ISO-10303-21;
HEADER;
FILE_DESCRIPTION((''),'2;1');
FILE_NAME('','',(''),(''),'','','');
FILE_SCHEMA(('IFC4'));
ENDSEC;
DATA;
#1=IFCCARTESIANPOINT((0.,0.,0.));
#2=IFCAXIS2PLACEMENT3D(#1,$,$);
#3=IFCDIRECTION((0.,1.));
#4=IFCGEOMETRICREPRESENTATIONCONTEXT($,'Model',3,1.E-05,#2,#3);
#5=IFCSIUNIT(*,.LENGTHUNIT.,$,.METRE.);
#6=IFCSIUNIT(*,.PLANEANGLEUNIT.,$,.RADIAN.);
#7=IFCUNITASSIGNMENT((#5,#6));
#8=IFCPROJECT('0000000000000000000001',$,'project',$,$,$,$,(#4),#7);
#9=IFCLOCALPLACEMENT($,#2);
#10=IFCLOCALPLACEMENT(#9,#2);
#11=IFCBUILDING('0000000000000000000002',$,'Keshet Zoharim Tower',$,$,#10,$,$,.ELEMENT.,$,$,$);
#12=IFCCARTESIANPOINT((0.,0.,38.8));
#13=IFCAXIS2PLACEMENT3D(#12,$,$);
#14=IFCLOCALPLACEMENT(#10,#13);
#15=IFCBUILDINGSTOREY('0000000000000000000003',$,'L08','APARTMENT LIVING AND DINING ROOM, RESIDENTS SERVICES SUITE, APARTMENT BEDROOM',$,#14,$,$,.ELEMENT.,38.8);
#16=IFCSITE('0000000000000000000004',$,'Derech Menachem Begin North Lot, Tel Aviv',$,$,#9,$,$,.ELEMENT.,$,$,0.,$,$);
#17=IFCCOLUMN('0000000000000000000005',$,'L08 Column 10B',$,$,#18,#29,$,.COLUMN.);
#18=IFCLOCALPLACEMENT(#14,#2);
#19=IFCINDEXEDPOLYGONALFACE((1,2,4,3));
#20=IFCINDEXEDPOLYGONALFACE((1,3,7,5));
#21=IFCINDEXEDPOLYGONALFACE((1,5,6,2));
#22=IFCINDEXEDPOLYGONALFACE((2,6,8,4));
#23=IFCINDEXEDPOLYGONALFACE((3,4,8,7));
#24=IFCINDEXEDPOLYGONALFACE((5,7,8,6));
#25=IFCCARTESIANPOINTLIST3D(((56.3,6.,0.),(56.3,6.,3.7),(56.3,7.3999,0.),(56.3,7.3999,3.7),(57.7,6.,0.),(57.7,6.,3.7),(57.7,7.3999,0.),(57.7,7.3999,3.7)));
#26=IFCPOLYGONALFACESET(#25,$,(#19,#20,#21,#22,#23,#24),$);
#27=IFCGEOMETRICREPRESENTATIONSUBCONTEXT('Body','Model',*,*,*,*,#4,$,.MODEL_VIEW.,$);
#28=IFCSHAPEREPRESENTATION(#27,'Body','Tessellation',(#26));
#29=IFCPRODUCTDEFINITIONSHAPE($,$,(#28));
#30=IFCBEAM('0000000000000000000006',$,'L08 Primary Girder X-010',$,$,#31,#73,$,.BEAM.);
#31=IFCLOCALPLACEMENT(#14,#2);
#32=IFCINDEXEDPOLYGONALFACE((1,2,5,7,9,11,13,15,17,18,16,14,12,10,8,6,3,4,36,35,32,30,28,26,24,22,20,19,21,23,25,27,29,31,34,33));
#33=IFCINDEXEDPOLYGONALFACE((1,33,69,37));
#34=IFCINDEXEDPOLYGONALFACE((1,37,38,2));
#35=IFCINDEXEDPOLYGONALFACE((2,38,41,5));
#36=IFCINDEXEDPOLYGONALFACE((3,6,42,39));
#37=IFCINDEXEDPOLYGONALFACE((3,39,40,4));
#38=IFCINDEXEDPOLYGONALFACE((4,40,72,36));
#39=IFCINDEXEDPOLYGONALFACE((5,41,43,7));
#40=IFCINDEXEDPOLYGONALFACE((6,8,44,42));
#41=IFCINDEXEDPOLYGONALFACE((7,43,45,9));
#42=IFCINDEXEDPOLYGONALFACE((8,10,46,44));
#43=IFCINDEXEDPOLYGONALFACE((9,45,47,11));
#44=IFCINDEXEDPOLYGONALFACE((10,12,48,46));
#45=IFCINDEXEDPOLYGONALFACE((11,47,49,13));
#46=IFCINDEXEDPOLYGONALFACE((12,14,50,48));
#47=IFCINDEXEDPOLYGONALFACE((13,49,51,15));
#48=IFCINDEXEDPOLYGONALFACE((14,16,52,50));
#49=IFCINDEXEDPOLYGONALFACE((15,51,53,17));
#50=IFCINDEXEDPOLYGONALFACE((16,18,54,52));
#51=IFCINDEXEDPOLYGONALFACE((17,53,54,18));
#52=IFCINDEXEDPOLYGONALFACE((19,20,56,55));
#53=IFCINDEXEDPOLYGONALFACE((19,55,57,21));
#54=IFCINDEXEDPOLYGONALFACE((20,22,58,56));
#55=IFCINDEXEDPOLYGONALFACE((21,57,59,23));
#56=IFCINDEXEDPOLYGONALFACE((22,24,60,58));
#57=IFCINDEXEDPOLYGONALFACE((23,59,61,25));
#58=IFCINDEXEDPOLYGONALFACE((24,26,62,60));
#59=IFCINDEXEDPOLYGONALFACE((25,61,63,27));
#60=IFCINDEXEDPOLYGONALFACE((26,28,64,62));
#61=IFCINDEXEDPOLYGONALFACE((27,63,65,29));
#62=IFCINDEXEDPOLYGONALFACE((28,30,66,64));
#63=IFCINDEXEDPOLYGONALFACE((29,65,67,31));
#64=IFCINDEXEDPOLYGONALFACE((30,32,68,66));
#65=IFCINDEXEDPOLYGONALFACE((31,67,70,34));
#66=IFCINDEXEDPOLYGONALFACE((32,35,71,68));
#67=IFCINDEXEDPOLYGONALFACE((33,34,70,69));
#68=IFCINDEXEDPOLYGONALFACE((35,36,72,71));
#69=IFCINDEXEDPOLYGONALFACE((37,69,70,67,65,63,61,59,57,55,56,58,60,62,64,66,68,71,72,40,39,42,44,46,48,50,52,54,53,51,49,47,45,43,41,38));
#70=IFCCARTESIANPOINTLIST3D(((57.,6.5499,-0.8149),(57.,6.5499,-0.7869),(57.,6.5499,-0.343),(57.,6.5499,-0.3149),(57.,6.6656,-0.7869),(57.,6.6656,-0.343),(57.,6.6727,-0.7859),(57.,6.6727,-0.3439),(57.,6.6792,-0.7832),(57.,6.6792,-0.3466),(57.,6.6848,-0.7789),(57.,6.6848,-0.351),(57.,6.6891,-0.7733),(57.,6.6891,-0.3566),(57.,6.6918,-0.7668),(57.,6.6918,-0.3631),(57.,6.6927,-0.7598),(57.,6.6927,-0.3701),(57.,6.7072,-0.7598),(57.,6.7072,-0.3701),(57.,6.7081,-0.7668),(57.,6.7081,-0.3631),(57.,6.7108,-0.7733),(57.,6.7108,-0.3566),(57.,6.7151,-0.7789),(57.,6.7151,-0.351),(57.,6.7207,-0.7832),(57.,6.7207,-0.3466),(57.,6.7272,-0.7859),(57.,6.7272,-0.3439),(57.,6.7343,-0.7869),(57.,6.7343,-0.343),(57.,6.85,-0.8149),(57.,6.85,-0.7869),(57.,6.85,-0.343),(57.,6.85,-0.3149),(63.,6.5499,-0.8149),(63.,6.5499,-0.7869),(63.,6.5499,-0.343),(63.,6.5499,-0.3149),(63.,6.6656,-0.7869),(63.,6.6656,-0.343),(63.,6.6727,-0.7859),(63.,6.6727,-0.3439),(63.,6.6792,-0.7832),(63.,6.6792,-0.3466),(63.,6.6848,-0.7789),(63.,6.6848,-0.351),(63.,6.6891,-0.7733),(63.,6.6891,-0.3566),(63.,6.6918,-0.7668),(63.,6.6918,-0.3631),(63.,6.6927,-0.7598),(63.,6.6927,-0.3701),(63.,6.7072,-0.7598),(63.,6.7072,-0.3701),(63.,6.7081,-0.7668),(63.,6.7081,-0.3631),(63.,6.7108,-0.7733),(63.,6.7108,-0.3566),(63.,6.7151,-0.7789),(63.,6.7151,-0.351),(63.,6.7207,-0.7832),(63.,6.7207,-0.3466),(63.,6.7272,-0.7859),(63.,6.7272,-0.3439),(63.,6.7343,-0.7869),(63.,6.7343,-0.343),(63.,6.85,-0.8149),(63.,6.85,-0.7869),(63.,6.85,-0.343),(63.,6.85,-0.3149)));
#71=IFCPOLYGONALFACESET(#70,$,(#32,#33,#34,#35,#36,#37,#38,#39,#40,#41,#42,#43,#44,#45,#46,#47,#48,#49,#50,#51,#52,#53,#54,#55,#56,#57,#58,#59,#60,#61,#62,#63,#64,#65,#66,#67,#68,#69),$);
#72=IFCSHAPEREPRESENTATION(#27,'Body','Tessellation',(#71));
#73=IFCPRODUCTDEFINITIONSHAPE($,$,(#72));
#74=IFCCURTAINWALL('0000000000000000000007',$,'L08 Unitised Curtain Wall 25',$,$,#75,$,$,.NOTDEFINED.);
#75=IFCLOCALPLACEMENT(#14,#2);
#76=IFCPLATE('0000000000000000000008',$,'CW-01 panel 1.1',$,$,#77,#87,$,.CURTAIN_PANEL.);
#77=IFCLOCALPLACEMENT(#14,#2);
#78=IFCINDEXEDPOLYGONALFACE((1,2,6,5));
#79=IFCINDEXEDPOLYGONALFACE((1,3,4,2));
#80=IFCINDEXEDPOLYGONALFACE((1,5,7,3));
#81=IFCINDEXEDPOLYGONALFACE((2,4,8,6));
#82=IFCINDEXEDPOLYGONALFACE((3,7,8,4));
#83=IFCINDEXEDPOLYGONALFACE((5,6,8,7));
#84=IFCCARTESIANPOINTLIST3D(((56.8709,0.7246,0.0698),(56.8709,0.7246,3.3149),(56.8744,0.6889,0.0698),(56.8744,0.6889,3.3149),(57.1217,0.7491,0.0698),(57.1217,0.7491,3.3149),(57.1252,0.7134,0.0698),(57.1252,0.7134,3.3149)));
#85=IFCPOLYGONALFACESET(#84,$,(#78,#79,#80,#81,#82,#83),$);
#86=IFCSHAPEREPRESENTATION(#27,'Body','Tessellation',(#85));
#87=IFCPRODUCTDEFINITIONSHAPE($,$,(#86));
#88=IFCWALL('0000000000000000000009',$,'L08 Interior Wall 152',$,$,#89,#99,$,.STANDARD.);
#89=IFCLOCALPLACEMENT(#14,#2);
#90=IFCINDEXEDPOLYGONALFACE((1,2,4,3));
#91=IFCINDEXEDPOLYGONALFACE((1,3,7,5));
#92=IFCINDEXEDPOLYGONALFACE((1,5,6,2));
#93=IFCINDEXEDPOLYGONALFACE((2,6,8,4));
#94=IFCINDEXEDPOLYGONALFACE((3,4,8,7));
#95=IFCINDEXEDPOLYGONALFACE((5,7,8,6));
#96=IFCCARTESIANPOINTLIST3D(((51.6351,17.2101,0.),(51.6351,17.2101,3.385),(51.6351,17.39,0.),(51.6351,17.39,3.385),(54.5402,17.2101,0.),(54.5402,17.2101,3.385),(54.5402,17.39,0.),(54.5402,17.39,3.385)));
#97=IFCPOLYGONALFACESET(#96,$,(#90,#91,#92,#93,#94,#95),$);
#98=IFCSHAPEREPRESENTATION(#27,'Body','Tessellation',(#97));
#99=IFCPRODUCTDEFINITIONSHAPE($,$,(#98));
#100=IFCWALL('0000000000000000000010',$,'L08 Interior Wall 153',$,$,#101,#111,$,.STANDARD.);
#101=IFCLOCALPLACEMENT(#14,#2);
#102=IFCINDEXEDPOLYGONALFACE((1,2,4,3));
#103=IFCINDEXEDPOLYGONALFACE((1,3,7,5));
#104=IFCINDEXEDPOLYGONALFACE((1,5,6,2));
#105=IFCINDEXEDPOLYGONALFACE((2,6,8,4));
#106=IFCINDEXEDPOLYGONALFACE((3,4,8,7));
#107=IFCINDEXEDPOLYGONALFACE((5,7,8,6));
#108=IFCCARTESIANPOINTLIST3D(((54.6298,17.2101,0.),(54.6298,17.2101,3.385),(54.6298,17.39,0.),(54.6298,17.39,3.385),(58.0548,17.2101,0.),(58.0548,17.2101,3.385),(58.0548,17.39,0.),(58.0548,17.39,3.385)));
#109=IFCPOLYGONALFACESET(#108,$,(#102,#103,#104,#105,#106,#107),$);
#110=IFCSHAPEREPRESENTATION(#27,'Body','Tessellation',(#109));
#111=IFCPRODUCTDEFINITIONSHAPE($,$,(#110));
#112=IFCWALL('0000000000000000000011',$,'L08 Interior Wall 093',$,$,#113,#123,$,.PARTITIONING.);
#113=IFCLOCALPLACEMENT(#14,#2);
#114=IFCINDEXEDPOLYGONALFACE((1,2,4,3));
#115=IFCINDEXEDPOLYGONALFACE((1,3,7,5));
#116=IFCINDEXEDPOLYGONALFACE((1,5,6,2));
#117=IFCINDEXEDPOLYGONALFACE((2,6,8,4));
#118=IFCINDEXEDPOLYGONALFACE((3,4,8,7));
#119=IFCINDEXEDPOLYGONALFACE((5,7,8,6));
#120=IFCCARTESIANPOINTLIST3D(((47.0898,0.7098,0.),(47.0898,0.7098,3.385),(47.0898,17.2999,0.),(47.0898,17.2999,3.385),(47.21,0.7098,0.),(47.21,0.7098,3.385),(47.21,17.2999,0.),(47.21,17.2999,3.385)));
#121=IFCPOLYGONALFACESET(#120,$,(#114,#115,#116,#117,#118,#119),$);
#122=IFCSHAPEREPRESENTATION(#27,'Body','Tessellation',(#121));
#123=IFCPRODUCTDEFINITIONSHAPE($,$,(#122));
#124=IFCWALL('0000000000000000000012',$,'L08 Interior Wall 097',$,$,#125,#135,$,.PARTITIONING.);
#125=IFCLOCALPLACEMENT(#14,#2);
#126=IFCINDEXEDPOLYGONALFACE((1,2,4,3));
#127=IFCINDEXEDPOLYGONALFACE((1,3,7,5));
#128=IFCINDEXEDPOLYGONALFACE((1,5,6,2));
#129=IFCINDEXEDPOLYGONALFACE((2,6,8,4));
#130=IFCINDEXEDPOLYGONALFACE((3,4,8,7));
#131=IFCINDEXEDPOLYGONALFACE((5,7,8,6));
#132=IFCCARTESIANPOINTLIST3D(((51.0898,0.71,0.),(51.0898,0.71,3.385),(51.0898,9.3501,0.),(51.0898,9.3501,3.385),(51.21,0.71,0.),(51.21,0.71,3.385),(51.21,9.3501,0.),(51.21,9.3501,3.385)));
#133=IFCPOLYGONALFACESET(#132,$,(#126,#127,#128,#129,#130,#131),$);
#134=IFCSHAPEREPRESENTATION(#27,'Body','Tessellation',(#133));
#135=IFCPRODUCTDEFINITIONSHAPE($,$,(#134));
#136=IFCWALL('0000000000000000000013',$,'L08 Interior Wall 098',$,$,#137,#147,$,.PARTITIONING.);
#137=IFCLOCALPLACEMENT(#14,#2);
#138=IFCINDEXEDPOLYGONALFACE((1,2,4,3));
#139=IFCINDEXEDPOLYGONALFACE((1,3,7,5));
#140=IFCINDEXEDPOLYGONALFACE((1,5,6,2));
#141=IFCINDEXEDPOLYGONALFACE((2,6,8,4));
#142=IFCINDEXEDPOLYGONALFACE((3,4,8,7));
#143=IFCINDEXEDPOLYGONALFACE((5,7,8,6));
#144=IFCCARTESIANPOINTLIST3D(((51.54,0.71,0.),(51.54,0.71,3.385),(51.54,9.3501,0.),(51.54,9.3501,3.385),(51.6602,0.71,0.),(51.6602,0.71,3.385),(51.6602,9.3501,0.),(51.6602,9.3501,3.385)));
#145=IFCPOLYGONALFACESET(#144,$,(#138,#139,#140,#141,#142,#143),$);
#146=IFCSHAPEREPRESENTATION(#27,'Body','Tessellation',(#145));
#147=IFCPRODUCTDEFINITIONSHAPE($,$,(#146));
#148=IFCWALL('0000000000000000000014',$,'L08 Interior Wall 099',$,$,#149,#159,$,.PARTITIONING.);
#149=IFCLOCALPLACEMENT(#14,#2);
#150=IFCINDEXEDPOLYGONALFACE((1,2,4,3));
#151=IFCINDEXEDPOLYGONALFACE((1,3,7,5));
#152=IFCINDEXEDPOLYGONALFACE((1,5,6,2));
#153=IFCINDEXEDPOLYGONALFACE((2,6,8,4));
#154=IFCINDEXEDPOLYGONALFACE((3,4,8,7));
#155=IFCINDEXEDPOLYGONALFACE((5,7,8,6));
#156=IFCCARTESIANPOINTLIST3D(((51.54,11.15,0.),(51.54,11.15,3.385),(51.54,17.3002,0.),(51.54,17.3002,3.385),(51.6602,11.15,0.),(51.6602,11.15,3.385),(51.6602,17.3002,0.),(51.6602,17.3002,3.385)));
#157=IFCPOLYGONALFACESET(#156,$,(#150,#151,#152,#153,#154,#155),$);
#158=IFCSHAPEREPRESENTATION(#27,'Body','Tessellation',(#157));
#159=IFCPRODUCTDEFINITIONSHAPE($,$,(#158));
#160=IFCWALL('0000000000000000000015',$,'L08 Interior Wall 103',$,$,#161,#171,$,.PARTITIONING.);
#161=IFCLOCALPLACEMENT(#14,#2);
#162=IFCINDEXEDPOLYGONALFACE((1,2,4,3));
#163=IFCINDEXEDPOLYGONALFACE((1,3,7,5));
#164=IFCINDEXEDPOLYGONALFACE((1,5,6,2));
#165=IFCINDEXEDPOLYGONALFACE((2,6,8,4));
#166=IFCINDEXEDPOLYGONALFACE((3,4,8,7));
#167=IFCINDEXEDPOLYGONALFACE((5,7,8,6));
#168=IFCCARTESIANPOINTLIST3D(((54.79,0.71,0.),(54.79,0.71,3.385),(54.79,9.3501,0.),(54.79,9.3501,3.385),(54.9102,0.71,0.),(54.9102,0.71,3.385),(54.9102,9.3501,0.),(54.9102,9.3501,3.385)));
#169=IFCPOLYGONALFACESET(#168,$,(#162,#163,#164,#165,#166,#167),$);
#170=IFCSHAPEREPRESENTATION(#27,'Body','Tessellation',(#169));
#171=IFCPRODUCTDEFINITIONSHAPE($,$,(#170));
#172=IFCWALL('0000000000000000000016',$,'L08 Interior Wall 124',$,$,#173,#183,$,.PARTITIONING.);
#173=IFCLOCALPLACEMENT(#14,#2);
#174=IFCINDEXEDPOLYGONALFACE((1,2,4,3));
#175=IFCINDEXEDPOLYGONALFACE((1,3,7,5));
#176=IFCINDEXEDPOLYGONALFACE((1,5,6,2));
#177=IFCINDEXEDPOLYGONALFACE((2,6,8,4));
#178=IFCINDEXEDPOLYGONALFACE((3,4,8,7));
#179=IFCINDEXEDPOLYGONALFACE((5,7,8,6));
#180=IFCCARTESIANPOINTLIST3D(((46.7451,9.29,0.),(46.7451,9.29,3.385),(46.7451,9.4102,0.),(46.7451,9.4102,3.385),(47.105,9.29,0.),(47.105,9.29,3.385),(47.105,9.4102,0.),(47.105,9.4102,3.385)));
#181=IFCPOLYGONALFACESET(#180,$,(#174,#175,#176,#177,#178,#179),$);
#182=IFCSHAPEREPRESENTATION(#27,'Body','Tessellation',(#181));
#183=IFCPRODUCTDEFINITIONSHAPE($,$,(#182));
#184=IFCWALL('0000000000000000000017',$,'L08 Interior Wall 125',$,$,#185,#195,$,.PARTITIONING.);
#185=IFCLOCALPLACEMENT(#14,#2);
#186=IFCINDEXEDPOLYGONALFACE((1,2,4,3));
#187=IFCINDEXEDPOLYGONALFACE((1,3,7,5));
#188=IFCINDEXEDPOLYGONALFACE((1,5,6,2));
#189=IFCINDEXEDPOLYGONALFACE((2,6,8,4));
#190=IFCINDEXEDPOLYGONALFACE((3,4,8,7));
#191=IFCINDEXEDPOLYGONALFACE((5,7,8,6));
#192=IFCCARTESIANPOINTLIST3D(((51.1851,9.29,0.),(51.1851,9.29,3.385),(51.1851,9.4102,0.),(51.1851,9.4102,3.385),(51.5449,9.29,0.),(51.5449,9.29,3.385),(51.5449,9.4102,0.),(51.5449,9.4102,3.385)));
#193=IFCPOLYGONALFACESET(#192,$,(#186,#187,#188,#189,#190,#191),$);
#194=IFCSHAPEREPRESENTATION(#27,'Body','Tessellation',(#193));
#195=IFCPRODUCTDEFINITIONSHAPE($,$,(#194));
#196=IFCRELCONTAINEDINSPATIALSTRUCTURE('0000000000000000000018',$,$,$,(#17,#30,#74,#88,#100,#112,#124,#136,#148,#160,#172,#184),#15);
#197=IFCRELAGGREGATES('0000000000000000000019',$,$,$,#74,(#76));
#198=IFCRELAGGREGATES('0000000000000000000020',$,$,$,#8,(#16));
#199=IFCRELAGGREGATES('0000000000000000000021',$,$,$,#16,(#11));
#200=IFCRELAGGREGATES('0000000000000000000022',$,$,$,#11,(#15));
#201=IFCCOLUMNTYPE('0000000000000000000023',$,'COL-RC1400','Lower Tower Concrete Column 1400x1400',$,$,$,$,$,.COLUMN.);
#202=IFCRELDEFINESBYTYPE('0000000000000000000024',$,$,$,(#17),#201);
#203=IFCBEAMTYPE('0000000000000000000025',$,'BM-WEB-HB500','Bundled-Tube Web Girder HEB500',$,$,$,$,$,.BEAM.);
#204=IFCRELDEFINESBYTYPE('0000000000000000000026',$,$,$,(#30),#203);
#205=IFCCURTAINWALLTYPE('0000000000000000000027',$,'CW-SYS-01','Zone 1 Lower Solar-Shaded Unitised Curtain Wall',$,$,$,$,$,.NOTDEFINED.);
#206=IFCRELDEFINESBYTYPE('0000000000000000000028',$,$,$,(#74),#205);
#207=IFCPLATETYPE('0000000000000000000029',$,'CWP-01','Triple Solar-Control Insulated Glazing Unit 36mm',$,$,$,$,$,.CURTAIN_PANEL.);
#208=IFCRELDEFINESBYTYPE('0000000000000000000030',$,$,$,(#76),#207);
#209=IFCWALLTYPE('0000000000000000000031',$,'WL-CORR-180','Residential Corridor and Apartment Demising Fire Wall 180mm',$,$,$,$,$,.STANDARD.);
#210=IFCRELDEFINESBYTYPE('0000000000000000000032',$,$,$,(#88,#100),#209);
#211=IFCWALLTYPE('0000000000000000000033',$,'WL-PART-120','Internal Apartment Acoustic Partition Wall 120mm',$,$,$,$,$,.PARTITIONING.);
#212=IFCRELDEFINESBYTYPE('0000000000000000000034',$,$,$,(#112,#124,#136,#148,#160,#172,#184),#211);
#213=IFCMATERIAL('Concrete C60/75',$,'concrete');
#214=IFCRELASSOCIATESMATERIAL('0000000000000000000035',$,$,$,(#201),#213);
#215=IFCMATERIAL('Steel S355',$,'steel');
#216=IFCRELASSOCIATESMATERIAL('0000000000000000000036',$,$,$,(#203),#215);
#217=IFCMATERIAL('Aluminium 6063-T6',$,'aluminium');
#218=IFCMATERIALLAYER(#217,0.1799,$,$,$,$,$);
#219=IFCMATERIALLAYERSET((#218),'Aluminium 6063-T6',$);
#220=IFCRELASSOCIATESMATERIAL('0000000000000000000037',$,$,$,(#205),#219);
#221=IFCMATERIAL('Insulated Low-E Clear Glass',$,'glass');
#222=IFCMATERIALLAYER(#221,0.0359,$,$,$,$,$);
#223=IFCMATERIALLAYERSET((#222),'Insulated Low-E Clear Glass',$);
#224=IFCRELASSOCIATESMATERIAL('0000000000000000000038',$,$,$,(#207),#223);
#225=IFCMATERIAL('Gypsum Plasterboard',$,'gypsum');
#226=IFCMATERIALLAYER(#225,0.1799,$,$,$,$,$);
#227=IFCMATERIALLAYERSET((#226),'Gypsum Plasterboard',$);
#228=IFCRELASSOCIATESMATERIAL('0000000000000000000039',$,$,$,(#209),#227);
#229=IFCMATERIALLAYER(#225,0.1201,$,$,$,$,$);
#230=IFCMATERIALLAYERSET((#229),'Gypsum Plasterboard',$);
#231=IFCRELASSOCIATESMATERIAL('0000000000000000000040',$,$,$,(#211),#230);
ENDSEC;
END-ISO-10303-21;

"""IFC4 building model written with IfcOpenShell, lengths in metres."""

from ifc_helpers import new_model, si_unit, direction, frame, frame_2d, origin, origin_2d, place, context, subcontext, project, spatial, rectangle, i_section, extrude, material, layer, layer_set, material_profile, profile_set, type_object, element, aggregate, save


model = new_model("IFC4")

# Units and contexts
model_context = context("Model", 3, precision=1e-05, world=origin(), true_north=direction((0.0, 1.0)))
body_context = subcontext(model_context, "Body", "Model", "MODEL_VIEW")
ifc_project = project(units=[si_unit("LENGTHUNIT", "METRE"), si_unit("PLANEANGLEUNIT", "RADIAN")], contexts=[model_context])

# Site, building, storey
site_placement = place(None, origin())
site = spatial("IfcSite", under=ifc_project, at=site_placement, Name="Derech Menachem Begin North Lot, Tel Aviv", CompositionType="ELEMENT", RefElevation=0.0)
building_placement = place(site_placement, origin())
building = spatial("IfcBuilding", under=site, at=building_placement, Name="Keshet Zoharim Tower", CompositionType="ELEMENT")
storey_placement = place(building_placement, frame((0.0, 0.0, 38.8)))
storey = spatial("IfcBuildingStorey", under=building, at=storey_placement, Name="L08", Description="APARTMENT LIVING AND DINING ROOM, RESIDENTS SERVICES SUITE, APARTMENT BEDROOM", CompositionType="ELEMENT", Elevation=38.8)

# Column
ifc_material_1 = material(Name="Concrete C60/75", Category="concrete")
ifc_material_profile_1 = material_profile(ifc_material_1, rectangle(XDim=1.3999, YDim=1.3999, at=origin_2d()), Name="RC1400x1400")
ifc_profile_set_1 = profile_set([ifc_material_profile_1], Name="Concrete C60/75")
column_type = type_object("IfcColumnType", Name="COL-RC1400", Description="Lower Tower Concrete Column 1400x1400", PredefinedType="COLUMN", material=ifc_profile_set_1)
column_placement = place(storey_placement, frame((57.0, 6.7, 0.0), z_axis=(0.0, 0.0, 1.0), x_axis=(1.0, 0.0, 0.0)))
element("IfcColumn", 1, at=column_placement, inside=storey, type_object=column_type, Name="L08 Column 10B", PredefinedType="COLUMN", context=body_context, shape_type="SweptSolid", body=[
    extrude(rectangle(XDim=1.3999, YDim=1.3999, at=origin_2d()), origin(), (0.0, 0.0, 1.0), 3.7),
])

# Beam
ifc_material_2 = material(Name="Steel S355", Category="steel")
ifc_material_profile_2 = material_profile(ifc_material_2, i_section(OverallWidth=0.3, OverallDepth=0.5, WebThickness=0.0144, FlangeThickness=0.0281, FilletRadius=0.0271, at=origin_2d()), Name="HEB500")
ifc_profile_set_2 = profile_set([ifc_material_profile_2], Name="Steel S355")
beam_type = type_object("IfcBeamType", Name="BM-WEB-HB500", Description="Bundled-Tube Web Girder HEB500", PredefinedType="BEAM", material=ifc_profile_set_2)
beam_placement = place(storey_placement, frame((57.0, 6.7, -0.5649), z_axis=(1.0, 0.0, 0.0), x_axis=(0.0, 1.0, 0.0)))
element("IfcBeam", 2, at=beam_placement, inside=storey, type_object=beam_type, Name="L08 Primary Girder X-010", PredefinedType="BEAM", context=body_context, shape_type="SweptSolid", body=[
    extrude(i_section(OverallWidth=0.3, OverallDepth=0.5, WebThickness=0.0144, FlangeThickness=0.0281, FilletRadius=0.0271, at=origin_2d()), origin(), (0.0, 0.0, 1.0), 6.0),
])

# Curtain wall, plate
ifc_material_3 = material(Name="Aluminium 6063-T6", Category="aluminium")
ifc_layer_1 = layer(ifc_material_3, 0.1799)
ifc_layer_set_1 = layer_set([ifc_layer_1], Name="Aluminium 6063-T6")
curtain_wall_type = type_object("IfcCurtainWallType", Name="CW-SYS-01", Description="Zone 1 Lower Solar-Shaded Unitised Curtain Wall", PredefinedType="NOTDEFINED", material=ifc_layer_set_1)
curtain_wall_placement = place(storey_placement, origin())
curtain_wall = element("IfcCurtainWall", 3, at=curtain_wall_placement, inside=storey, type_object=curtain_wall_type, Name="L08 Unitised Curtain Wall 25", PredefinedType="NOTDEFINED")
ifc_material_4 = material(Name="Insulated Low-E Clear Glass", Category="glass")
ifc_layer_2 = layer(ifc_material_4, 0.0359)
ifc_layer_set_2 = layer_set([ifc_layer_2], Name="Insulated Low-E Clear Glass")
plate_type = type_object("IfcPlateType", Name="CWP-01", Description="Triple Solar-Control Insulated Glazing Unit 36mm", PredefinedType="CURTAIN_PANEL", material=ifc_layer_set_2)
plate_placement = place(storey_placement, frame((56.998, 0.719, 0.0698), z_axis=(0.0, 0.0, 1.0), x_axis=(-0.995287, -0.096977, 0.0)))
plate = element("IfcPlate", 4, at=plate_placement, type_object=plate_type, Name="CW-01 panel 1.1", PredefinedType="CURTAIN_PANEL", context=body_context, shape_type="SweptSolid", body=[
    extrude(rectangle(XDim=0.252, YDim=0.0359, at=origin_2d()), origin(), (0.0, 0.0, 1.0), 3.2451),
])
aggregate(curtain_wall, [plate])

# Shared definitions
ifc_material_5 = material(Name="Gypsum Plasterboard", Category="gypsum")
ifc_layer_3 = layer(ifc_material_5, 0.1799)
ifc_layer_set_3 = layer_set([ifc_layer_3], Name="Gypsum Plasterboard")
wall_type_1 = type_object("IfcWallType", Name="WL-CORR-180", Description="Residential Corridor and Apartment Demising Fire Wall 180mm", PredefinedType="STANDARD", material=ifc_layer_set_3)

# Walls
wall_1_placement = place(storey_placement, frame((51.635, 17.3, 0.0), z_axis=(0.0, 0.0, 1.0), x_axis=(1.0, 0.0, 0.0)))
element("IfcWall", 5, at=wall_1_placement, inside=storey, type_object=wall_type_1, Name="L08 Interior Wall 152", PredefinedType="STANDARD", context=body_context, shape_type="SweptSolid", body=[
    extrude(rectangle(XDim=2.905, YDim=0.1799, at=frame_2d((1.4526, 0.0))), origin(), (0.0, 0.0, 1.0), 3.385),
])
wall_2_placement = place(storey_placement, frame((54.6299, 17.3, 0.0), z_axis=(0.0, 0.0, 1.0), x_axis=(1.0, 0.0, 0.0)))
element("IfcWall", 6, at=wall_2_placement, inside=storey, type_object=wall_type_1, Name="L08 Interior Wall 153", PredefinedType="STANDARD", context=body_context, shape_type="SweptSolid", body=[
    extrude(rectangle(XDim=3.425, YDim=0.1799, at=frame_2d((1.7124, 0.0))), origin(), (0.0, 0.0, 1.0), 3.385),
])
ifc_layer_4 = layer(ifc_material_5, 0.1201)
ifc_layer_set_4 = layer_set([ifc_layer_4], Name="Gypsum Plasterboard")
wall_type_2 = type_object("IfcWallType", Name="WL-PART-120", Description="Internal Apartment Acoustic Partition Wall 120mm", PredefinedType="PARTITIONING", material=ifc_layer_set_4)
wall_3_placement = place(storey_placement, frame((47.1499, 0.71, 0.0), z_axis=(0.0, 0.0, 1.0), x_axis=(0.0, 1.0, 0.0)))
element("IfcWall", 7, at=wall_3_placement, inside=storey, type_object=wall_type_2, Name="L08 Interior Wall 093", PredefinedType="PARTITIONING", context=body_context, shape_type="SweptSolid", body=[
    extrude(rectangle(XDim=16.5901, YDim=0.1201, at=frame_2d((8.2949, 0.0))), origin(), (0.0, 0.0, 1.0), 3.385),
])
for number, where, z_axis, x_axis, name in (
    (8, (51.1499, 0.71, 0.0), (0.0, 0.0, 1.0), (0.0, 1.0, 0.0), "L08 Interior Wall 097"),
    (9, (51.6001, 0.71, 0.0), (0.0, 0.0, 1.0), (0.0, 1.0, 0.0), "L08 Interior Wall 098"),
):
    element("IfcWall", number, at=place(storey_placement, frame(where, z_axis=z_axis, x_axis=x_axis)), inside=storey, type_object=wall_type_2, Name=name, PredefinedType="PARTITIONING", context=body_context, shape_type="SweptSolid", body=[
        extrude(rectangle(XDim=8.6401, YDim=0.1201, at=frame_2d((4.3201, 0.0))), origin(), (0.0, 0.0, 1.0), 3.385),
    ])
wall_4_placement = place(storey_placement, frame((51.6001, 11.1499, 0.0), z_axis=(0.0, 0.0, 1.0), x_axis=(0.0, 1.0, 0.0)))
element("IfcWall", 10, at=wall_4_placement, inside=storey, type_object=wall_type_2, Name="L08 Interior Wall 099", PredefinedType="PARTITIONING", context=body_context, shape_type="SweptSolid", body=[
    extrude(rectangle(XDim=6.1501, YDim=0.1201, at=frame_2d((3.0752, 0.0))), origin(), (0.0, 0.0, 1.0), 3.385),
])
wall_5_placement = place(storey_placement, frame((54.8501, 0.71, 0.0), z_axis=(0.0, 0.0, 1.0), x_axis=(0.0, 1.0, 0.0)))
element("IfcWall", 11, at=wall_5_placement, inside=storey, type_object=wall_type_2, Name="L08 Interior Wall 103", PredefinedType="PARTITIONING", context=body_context, shape_type="SweptSolid", body=[
    extrude(rectangle(XDim=8.6401, YDim=0.1201, at=frame_2d((4.3201, 0.0))), origin(), (0.0, 0.0, 1.0), 3.385),
])
for number, where, z_axis, x_axis, name in (
    (12, (46.7451, 9.3501, 0.0), (0.0, 0.0, 1.0), (1.0, 0.0, 0.0), "L08 Interior Wall 124"),
    (13, (51.1851, 9.3501, 0.0), (0.0, 0.0, 1.0), (1.0, 0.0, 0.0), "L08 Interior Wall 125"),
):
    element("IfcWall", number, at=place(storey_placement, frame(where, z_axis=z_axis, x_axis=x_axis)), inside=storey, type_object=wall_type_2, Name=name, PredefinedType="PARTITIONING", context=body_context, shape_type="SweptSolid", body=[
        extrude(rectangle(XDim=0.3599, YDim=0.1201, at=frame_2d((0.1799, 0.0))), origin(), (0.0, 0.0, 1.0), 3.385),
    ])

save(model, "model.ifc")
